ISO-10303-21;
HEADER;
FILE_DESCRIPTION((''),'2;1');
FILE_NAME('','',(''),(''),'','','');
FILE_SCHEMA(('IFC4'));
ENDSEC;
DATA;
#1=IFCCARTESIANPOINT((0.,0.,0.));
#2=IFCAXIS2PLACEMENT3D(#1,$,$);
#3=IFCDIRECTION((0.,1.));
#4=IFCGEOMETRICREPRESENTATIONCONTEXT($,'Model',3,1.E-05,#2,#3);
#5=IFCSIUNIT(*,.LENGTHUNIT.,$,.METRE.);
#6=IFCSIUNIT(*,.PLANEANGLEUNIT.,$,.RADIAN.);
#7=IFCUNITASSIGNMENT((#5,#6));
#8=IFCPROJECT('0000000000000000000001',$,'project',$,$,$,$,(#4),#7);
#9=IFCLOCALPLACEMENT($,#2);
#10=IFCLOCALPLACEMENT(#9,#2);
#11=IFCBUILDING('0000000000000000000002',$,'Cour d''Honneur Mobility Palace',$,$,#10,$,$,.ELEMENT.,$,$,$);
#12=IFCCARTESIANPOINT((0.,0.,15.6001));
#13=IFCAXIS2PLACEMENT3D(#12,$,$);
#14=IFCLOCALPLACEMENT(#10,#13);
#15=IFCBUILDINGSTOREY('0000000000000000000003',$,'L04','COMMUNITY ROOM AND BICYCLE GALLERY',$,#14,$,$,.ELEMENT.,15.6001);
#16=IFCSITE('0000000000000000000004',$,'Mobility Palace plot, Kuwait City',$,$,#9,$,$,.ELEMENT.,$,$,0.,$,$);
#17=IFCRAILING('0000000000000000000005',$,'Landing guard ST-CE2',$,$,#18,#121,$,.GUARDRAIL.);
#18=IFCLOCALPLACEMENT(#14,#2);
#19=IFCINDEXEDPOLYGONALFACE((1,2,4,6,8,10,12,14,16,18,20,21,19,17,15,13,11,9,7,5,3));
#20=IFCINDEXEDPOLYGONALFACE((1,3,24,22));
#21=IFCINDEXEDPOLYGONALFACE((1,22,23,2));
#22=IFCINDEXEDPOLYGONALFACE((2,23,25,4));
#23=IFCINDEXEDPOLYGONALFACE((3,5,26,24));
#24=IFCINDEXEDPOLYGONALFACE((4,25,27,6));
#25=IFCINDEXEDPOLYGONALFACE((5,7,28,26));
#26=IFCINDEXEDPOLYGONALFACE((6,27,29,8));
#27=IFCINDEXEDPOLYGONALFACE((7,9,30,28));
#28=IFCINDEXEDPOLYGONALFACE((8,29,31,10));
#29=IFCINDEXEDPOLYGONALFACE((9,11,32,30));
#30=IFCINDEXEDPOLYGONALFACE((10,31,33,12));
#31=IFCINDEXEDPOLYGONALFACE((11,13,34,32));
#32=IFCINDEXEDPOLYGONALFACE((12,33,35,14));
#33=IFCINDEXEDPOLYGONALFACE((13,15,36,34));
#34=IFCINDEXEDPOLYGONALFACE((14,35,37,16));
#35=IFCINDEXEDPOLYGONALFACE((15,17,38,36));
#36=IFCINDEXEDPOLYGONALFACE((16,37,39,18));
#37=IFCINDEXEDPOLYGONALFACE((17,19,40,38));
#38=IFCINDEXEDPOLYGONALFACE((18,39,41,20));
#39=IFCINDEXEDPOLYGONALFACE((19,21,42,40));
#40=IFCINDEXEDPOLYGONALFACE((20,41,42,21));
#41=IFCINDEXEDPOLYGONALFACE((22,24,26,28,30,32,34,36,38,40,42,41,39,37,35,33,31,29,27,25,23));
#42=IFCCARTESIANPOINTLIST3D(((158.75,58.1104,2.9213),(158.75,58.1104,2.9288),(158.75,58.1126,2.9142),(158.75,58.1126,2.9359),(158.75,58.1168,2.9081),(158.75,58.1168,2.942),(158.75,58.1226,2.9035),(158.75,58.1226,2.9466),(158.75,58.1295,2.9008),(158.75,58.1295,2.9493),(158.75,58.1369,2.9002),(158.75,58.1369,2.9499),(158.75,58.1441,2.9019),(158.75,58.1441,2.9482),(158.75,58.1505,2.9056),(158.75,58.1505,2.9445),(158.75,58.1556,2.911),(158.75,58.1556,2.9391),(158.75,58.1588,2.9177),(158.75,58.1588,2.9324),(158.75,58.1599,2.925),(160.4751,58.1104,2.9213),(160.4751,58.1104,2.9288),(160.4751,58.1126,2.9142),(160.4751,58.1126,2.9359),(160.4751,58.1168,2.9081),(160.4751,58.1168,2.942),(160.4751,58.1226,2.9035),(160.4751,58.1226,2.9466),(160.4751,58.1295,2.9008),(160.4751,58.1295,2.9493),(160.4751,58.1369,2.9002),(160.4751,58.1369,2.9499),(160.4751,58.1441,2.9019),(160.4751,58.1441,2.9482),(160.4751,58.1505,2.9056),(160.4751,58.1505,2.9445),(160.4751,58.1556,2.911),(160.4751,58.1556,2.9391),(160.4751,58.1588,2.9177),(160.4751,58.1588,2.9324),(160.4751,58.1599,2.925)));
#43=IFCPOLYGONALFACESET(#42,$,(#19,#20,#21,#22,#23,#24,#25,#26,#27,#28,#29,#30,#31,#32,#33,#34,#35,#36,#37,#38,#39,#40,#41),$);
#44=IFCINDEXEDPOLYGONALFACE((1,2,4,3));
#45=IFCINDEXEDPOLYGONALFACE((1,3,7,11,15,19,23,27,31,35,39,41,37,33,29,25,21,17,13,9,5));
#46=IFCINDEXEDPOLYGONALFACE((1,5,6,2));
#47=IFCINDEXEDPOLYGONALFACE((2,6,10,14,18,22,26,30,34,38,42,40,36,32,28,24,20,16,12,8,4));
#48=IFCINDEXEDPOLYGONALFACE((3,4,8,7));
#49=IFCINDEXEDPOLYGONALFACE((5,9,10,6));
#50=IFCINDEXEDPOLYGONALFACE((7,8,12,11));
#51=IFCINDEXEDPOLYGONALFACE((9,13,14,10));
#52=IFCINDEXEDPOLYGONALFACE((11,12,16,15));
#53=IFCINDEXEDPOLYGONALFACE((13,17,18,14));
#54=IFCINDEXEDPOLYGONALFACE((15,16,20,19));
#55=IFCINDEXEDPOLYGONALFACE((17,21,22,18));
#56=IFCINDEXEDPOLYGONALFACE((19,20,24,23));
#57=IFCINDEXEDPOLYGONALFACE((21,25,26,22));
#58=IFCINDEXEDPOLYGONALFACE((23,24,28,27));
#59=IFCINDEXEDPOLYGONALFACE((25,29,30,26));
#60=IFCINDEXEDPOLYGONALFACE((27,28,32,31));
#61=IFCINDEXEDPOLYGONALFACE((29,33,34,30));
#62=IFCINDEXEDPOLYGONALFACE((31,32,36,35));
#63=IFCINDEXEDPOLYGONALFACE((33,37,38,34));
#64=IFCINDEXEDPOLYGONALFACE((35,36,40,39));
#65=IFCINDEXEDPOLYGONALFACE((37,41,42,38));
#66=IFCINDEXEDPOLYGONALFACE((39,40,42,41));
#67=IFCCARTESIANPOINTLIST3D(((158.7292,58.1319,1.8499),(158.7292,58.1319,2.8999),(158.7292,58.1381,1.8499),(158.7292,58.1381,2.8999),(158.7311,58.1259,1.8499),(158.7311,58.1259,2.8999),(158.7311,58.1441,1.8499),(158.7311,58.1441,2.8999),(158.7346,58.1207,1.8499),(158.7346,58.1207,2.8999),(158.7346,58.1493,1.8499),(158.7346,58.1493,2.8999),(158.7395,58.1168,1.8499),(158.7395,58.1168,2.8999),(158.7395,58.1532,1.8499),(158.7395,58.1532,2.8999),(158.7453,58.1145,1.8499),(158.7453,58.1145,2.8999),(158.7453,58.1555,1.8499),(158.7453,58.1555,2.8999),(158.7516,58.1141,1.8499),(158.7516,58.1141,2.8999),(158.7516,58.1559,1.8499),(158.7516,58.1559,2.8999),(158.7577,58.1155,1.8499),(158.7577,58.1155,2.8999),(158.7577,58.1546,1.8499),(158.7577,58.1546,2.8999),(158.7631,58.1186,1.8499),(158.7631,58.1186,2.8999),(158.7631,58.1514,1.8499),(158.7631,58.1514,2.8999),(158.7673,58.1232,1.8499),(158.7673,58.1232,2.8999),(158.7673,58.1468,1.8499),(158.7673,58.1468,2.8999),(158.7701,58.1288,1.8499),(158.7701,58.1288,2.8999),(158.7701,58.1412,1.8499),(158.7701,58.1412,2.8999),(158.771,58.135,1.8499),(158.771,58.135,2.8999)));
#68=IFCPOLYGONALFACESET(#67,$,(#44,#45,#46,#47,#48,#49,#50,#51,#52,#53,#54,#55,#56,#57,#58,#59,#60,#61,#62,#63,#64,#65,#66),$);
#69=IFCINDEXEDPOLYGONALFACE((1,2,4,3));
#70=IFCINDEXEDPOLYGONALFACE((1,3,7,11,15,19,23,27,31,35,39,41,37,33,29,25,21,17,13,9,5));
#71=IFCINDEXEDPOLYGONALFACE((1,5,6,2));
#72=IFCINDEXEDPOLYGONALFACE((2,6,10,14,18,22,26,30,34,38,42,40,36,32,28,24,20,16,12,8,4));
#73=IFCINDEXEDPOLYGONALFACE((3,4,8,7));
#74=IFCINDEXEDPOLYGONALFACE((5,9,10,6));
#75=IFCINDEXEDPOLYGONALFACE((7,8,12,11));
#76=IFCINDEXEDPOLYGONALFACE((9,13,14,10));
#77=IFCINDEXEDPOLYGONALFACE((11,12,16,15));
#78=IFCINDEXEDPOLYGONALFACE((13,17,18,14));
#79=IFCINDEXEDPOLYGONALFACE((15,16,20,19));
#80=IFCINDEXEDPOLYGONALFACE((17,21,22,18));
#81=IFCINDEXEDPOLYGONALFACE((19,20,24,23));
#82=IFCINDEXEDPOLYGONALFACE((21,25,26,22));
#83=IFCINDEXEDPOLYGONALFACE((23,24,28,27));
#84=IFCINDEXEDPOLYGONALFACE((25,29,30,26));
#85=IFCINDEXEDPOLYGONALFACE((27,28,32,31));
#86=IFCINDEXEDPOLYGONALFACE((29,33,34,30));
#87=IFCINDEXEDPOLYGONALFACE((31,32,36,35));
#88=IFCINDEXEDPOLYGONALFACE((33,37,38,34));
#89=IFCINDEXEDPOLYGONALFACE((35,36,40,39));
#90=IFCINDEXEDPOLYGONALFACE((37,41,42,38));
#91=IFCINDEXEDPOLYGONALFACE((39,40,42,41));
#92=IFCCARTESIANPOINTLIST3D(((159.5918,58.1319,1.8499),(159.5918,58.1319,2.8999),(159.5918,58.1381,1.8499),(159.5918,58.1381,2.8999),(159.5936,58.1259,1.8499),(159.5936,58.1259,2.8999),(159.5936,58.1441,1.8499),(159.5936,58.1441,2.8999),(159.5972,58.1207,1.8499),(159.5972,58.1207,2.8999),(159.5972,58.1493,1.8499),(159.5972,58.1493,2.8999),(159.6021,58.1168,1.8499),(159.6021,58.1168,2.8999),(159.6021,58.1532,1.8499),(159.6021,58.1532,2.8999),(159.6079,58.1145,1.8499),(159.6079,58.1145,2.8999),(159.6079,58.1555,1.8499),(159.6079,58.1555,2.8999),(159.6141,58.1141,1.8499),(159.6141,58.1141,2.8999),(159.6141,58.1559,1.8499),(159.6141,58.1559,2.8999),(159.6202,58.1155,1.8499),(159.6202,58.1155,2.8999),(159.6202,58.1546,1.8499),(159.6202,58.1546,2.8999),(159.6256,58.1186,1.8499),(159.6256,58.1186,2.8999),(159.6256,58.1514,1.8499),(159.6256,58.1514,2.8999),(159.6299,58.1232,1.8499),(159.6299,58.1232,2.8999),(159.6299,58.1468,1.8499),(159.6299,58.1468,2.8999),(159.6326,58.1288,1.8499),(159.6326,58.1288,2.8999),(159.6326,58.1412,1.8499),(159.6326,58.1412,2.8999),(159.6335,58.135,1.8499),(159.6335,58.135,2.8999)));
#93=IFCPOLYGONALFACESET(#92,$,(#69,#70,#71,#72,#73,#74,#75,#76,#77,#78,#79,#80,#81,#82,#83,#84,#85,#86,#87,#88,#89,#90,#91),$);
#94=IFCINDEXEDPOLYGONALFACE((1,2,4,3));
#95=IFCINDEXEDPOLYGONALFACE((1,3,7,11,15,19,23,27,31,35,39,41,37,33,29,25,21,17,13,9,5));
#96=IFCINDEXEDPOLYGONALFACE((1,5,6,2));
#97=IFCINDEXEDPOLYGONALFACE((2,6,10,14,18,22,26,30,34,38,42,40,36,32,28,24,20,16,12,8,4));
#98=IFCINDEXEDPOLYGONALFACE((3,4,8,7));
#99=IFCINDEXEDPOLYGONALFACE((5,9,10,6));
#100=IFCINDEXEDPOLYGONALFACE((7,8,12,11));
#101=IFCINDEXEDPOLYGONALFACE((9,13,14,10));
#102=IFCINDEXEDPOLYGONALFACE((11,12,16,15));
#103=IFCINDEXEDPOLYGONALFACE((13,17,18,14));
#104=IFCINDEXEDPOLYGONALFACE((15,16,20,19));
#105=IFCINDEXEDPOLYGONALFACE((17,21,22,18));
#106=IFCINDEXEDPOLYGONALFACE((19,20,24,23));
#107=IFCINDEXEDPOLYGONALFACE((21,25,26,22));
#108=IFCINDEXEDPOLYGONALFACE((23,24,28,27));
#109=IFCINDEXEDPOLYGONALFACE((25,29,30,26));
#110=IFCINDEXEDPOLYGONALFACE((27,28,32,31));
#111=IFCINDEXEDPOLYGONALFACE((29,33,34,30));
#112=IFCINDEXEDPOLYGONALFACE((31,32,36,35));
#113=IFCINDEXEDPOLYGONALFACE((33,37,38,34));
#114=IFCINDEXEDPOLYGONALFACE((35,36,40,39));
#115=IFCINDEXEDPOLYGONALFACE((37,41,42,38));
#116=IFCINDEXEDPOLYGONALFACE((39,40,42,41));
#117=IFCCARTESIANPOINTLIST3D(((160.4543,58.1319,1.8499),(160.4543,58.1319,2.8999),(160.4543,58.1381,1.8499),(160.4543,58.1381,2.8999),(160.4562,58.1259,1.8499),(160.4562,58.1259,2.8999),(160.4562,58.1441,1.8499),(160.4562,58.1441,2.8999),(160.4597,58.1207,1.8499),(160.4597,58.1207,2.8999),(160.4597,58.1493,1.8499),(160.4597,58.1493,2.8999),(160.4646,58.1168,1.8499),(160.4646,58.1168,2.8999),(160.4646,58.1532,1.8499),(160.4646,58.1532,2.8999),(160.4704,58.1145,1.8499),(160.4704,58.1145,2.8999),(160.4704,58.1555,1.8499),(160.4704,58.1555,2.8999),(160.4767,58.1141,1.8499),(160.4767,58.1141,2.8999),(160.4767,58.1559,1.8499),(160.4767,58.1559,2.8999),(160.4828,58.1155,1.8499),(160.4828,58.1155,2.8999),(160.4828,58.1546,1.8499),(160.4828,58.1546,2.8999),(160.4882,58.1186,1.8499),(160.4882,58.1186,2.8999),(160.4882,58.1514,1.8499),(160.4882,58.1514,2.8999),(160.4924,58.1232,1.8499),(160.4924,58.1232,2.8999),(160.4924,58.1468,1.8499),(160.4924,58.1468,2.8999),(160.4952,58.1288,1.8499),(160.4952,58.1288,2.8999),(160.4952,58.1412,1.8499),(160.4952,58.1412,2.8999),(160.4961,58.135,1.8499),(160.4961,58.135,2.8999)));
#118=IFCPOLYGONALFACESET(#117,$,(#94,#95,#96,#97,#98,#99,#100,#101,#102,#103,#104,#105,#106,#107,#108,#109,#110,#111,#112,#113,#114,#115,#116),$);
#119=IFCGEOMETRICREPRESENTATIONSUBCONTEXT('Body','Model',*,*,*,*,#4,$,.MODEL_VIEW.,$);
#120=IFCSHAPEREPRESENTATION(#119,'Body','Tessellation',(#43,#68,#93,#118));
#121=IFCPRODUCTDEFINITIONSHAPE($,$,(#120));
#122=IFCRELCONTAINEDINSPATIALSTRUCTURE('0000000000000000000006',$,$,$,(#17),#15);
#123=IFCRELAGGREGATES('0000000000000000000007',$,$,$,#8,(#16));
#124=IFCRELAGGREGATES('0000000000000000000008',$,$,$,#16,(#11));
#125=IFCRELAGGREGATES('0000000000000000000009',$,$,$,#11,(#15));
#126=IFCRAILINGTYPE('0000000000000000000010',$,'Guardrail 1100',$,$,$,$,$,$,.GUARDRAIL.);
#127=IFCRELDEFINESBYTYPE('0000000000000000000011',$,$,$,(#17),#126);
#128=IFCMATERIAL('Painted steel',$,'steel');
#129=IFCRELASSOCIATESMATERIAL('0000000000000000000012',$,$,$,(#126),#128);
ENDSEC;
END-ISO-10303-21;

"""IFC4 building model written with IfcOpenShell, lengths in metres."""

from ifc_helpers import new_model, si_unit, direction, frame, origin, origin_2d, place, context, subcontext, project, spatial, circle, extrude, material, type_object, element, save


model = new_model("IFC4")

# Units and contexts
model_context = context("Model", 3, precision=1e-05, world=origin(), true_north=direction((0.0, 1.0)))
body_context = subcontext(model_context, "Body", "Model", "MODEL_VIEW")
ifc_project = project(units=[si_unit("LENGTHUNIT", "METRE"), si_unit("PLANEANGLEUNIT", "RADIAN")], contexts=[model_context])

# Site, building, storey
site_placement = place(None, origin())
site = spatial("IfcSite", under=ifc_project, at=site_placement, Name="Mobility Palace plot, Kuwait City", CompositionType="ELEMENT", RefElevation=0.0)
building_placement = place(site_placement, origin())
building = spatial("IfcBuilding", under=site, at=building_placement, Name="Cour d'Honneur Mobility Palace", CompositionType="ELEMENT")
storey_placement = place(building_placement, frame((0.0, 0.0, 15.6001)))
storey = spatial("IfcBuildingStorey", under=building, at=storey_placement, Name="L04", Description="COMMUNITY ROOM AND BICYCLE GALLERY", CompositionType="ELEMENT", Elevation=15.6001)

# Railing
ifc_material_1 = material(Name="Painted steel", Category="steel")
railing_type_1 = type_object("IfcRailingType", Name="Guardrail 1100", PredefinedType="GUARDRAIL", material=ifc_material_1)
railing_1_placement = place(storey_placement, frame((158.75, 58.135, 1.8499)))
element("IfcRailing", 1, at=railing_1_placement, inside=storey, type_object=railing_type_1, Name="Landing guard ST-CE2", PredefinedType="GUARDRAIL", context=body_context, shape_type="SweptSolid", body=[
    extrude(circle(Radius=0.0249, at=origin_2d()), frame((0.0, 0.0, 1.0752), z_axis=(1.0, 0.0, 0.0), x_axis=(0.0, 1.0, 0.0)), (0.0, 0.0, 1.0), 1.7251),
    extrude(circle(Radius=0.021, at=origin_2d()), origin(), (0.0, 0.0, 1.0), 1.05),
    extrude(circle(Radius=0.021, at=origin_2d()), frame((0.8625, 0.0, 0.0)), (0.0, 0.0, 1.0), 1.05),
    extrude(circle(Radius=0.021, at=origin_2d()), frame((1.7251, 0.0, 0.0)), (0.0, 0.0, 1.0), 1.05),
])

save(model, "model.ifc")
